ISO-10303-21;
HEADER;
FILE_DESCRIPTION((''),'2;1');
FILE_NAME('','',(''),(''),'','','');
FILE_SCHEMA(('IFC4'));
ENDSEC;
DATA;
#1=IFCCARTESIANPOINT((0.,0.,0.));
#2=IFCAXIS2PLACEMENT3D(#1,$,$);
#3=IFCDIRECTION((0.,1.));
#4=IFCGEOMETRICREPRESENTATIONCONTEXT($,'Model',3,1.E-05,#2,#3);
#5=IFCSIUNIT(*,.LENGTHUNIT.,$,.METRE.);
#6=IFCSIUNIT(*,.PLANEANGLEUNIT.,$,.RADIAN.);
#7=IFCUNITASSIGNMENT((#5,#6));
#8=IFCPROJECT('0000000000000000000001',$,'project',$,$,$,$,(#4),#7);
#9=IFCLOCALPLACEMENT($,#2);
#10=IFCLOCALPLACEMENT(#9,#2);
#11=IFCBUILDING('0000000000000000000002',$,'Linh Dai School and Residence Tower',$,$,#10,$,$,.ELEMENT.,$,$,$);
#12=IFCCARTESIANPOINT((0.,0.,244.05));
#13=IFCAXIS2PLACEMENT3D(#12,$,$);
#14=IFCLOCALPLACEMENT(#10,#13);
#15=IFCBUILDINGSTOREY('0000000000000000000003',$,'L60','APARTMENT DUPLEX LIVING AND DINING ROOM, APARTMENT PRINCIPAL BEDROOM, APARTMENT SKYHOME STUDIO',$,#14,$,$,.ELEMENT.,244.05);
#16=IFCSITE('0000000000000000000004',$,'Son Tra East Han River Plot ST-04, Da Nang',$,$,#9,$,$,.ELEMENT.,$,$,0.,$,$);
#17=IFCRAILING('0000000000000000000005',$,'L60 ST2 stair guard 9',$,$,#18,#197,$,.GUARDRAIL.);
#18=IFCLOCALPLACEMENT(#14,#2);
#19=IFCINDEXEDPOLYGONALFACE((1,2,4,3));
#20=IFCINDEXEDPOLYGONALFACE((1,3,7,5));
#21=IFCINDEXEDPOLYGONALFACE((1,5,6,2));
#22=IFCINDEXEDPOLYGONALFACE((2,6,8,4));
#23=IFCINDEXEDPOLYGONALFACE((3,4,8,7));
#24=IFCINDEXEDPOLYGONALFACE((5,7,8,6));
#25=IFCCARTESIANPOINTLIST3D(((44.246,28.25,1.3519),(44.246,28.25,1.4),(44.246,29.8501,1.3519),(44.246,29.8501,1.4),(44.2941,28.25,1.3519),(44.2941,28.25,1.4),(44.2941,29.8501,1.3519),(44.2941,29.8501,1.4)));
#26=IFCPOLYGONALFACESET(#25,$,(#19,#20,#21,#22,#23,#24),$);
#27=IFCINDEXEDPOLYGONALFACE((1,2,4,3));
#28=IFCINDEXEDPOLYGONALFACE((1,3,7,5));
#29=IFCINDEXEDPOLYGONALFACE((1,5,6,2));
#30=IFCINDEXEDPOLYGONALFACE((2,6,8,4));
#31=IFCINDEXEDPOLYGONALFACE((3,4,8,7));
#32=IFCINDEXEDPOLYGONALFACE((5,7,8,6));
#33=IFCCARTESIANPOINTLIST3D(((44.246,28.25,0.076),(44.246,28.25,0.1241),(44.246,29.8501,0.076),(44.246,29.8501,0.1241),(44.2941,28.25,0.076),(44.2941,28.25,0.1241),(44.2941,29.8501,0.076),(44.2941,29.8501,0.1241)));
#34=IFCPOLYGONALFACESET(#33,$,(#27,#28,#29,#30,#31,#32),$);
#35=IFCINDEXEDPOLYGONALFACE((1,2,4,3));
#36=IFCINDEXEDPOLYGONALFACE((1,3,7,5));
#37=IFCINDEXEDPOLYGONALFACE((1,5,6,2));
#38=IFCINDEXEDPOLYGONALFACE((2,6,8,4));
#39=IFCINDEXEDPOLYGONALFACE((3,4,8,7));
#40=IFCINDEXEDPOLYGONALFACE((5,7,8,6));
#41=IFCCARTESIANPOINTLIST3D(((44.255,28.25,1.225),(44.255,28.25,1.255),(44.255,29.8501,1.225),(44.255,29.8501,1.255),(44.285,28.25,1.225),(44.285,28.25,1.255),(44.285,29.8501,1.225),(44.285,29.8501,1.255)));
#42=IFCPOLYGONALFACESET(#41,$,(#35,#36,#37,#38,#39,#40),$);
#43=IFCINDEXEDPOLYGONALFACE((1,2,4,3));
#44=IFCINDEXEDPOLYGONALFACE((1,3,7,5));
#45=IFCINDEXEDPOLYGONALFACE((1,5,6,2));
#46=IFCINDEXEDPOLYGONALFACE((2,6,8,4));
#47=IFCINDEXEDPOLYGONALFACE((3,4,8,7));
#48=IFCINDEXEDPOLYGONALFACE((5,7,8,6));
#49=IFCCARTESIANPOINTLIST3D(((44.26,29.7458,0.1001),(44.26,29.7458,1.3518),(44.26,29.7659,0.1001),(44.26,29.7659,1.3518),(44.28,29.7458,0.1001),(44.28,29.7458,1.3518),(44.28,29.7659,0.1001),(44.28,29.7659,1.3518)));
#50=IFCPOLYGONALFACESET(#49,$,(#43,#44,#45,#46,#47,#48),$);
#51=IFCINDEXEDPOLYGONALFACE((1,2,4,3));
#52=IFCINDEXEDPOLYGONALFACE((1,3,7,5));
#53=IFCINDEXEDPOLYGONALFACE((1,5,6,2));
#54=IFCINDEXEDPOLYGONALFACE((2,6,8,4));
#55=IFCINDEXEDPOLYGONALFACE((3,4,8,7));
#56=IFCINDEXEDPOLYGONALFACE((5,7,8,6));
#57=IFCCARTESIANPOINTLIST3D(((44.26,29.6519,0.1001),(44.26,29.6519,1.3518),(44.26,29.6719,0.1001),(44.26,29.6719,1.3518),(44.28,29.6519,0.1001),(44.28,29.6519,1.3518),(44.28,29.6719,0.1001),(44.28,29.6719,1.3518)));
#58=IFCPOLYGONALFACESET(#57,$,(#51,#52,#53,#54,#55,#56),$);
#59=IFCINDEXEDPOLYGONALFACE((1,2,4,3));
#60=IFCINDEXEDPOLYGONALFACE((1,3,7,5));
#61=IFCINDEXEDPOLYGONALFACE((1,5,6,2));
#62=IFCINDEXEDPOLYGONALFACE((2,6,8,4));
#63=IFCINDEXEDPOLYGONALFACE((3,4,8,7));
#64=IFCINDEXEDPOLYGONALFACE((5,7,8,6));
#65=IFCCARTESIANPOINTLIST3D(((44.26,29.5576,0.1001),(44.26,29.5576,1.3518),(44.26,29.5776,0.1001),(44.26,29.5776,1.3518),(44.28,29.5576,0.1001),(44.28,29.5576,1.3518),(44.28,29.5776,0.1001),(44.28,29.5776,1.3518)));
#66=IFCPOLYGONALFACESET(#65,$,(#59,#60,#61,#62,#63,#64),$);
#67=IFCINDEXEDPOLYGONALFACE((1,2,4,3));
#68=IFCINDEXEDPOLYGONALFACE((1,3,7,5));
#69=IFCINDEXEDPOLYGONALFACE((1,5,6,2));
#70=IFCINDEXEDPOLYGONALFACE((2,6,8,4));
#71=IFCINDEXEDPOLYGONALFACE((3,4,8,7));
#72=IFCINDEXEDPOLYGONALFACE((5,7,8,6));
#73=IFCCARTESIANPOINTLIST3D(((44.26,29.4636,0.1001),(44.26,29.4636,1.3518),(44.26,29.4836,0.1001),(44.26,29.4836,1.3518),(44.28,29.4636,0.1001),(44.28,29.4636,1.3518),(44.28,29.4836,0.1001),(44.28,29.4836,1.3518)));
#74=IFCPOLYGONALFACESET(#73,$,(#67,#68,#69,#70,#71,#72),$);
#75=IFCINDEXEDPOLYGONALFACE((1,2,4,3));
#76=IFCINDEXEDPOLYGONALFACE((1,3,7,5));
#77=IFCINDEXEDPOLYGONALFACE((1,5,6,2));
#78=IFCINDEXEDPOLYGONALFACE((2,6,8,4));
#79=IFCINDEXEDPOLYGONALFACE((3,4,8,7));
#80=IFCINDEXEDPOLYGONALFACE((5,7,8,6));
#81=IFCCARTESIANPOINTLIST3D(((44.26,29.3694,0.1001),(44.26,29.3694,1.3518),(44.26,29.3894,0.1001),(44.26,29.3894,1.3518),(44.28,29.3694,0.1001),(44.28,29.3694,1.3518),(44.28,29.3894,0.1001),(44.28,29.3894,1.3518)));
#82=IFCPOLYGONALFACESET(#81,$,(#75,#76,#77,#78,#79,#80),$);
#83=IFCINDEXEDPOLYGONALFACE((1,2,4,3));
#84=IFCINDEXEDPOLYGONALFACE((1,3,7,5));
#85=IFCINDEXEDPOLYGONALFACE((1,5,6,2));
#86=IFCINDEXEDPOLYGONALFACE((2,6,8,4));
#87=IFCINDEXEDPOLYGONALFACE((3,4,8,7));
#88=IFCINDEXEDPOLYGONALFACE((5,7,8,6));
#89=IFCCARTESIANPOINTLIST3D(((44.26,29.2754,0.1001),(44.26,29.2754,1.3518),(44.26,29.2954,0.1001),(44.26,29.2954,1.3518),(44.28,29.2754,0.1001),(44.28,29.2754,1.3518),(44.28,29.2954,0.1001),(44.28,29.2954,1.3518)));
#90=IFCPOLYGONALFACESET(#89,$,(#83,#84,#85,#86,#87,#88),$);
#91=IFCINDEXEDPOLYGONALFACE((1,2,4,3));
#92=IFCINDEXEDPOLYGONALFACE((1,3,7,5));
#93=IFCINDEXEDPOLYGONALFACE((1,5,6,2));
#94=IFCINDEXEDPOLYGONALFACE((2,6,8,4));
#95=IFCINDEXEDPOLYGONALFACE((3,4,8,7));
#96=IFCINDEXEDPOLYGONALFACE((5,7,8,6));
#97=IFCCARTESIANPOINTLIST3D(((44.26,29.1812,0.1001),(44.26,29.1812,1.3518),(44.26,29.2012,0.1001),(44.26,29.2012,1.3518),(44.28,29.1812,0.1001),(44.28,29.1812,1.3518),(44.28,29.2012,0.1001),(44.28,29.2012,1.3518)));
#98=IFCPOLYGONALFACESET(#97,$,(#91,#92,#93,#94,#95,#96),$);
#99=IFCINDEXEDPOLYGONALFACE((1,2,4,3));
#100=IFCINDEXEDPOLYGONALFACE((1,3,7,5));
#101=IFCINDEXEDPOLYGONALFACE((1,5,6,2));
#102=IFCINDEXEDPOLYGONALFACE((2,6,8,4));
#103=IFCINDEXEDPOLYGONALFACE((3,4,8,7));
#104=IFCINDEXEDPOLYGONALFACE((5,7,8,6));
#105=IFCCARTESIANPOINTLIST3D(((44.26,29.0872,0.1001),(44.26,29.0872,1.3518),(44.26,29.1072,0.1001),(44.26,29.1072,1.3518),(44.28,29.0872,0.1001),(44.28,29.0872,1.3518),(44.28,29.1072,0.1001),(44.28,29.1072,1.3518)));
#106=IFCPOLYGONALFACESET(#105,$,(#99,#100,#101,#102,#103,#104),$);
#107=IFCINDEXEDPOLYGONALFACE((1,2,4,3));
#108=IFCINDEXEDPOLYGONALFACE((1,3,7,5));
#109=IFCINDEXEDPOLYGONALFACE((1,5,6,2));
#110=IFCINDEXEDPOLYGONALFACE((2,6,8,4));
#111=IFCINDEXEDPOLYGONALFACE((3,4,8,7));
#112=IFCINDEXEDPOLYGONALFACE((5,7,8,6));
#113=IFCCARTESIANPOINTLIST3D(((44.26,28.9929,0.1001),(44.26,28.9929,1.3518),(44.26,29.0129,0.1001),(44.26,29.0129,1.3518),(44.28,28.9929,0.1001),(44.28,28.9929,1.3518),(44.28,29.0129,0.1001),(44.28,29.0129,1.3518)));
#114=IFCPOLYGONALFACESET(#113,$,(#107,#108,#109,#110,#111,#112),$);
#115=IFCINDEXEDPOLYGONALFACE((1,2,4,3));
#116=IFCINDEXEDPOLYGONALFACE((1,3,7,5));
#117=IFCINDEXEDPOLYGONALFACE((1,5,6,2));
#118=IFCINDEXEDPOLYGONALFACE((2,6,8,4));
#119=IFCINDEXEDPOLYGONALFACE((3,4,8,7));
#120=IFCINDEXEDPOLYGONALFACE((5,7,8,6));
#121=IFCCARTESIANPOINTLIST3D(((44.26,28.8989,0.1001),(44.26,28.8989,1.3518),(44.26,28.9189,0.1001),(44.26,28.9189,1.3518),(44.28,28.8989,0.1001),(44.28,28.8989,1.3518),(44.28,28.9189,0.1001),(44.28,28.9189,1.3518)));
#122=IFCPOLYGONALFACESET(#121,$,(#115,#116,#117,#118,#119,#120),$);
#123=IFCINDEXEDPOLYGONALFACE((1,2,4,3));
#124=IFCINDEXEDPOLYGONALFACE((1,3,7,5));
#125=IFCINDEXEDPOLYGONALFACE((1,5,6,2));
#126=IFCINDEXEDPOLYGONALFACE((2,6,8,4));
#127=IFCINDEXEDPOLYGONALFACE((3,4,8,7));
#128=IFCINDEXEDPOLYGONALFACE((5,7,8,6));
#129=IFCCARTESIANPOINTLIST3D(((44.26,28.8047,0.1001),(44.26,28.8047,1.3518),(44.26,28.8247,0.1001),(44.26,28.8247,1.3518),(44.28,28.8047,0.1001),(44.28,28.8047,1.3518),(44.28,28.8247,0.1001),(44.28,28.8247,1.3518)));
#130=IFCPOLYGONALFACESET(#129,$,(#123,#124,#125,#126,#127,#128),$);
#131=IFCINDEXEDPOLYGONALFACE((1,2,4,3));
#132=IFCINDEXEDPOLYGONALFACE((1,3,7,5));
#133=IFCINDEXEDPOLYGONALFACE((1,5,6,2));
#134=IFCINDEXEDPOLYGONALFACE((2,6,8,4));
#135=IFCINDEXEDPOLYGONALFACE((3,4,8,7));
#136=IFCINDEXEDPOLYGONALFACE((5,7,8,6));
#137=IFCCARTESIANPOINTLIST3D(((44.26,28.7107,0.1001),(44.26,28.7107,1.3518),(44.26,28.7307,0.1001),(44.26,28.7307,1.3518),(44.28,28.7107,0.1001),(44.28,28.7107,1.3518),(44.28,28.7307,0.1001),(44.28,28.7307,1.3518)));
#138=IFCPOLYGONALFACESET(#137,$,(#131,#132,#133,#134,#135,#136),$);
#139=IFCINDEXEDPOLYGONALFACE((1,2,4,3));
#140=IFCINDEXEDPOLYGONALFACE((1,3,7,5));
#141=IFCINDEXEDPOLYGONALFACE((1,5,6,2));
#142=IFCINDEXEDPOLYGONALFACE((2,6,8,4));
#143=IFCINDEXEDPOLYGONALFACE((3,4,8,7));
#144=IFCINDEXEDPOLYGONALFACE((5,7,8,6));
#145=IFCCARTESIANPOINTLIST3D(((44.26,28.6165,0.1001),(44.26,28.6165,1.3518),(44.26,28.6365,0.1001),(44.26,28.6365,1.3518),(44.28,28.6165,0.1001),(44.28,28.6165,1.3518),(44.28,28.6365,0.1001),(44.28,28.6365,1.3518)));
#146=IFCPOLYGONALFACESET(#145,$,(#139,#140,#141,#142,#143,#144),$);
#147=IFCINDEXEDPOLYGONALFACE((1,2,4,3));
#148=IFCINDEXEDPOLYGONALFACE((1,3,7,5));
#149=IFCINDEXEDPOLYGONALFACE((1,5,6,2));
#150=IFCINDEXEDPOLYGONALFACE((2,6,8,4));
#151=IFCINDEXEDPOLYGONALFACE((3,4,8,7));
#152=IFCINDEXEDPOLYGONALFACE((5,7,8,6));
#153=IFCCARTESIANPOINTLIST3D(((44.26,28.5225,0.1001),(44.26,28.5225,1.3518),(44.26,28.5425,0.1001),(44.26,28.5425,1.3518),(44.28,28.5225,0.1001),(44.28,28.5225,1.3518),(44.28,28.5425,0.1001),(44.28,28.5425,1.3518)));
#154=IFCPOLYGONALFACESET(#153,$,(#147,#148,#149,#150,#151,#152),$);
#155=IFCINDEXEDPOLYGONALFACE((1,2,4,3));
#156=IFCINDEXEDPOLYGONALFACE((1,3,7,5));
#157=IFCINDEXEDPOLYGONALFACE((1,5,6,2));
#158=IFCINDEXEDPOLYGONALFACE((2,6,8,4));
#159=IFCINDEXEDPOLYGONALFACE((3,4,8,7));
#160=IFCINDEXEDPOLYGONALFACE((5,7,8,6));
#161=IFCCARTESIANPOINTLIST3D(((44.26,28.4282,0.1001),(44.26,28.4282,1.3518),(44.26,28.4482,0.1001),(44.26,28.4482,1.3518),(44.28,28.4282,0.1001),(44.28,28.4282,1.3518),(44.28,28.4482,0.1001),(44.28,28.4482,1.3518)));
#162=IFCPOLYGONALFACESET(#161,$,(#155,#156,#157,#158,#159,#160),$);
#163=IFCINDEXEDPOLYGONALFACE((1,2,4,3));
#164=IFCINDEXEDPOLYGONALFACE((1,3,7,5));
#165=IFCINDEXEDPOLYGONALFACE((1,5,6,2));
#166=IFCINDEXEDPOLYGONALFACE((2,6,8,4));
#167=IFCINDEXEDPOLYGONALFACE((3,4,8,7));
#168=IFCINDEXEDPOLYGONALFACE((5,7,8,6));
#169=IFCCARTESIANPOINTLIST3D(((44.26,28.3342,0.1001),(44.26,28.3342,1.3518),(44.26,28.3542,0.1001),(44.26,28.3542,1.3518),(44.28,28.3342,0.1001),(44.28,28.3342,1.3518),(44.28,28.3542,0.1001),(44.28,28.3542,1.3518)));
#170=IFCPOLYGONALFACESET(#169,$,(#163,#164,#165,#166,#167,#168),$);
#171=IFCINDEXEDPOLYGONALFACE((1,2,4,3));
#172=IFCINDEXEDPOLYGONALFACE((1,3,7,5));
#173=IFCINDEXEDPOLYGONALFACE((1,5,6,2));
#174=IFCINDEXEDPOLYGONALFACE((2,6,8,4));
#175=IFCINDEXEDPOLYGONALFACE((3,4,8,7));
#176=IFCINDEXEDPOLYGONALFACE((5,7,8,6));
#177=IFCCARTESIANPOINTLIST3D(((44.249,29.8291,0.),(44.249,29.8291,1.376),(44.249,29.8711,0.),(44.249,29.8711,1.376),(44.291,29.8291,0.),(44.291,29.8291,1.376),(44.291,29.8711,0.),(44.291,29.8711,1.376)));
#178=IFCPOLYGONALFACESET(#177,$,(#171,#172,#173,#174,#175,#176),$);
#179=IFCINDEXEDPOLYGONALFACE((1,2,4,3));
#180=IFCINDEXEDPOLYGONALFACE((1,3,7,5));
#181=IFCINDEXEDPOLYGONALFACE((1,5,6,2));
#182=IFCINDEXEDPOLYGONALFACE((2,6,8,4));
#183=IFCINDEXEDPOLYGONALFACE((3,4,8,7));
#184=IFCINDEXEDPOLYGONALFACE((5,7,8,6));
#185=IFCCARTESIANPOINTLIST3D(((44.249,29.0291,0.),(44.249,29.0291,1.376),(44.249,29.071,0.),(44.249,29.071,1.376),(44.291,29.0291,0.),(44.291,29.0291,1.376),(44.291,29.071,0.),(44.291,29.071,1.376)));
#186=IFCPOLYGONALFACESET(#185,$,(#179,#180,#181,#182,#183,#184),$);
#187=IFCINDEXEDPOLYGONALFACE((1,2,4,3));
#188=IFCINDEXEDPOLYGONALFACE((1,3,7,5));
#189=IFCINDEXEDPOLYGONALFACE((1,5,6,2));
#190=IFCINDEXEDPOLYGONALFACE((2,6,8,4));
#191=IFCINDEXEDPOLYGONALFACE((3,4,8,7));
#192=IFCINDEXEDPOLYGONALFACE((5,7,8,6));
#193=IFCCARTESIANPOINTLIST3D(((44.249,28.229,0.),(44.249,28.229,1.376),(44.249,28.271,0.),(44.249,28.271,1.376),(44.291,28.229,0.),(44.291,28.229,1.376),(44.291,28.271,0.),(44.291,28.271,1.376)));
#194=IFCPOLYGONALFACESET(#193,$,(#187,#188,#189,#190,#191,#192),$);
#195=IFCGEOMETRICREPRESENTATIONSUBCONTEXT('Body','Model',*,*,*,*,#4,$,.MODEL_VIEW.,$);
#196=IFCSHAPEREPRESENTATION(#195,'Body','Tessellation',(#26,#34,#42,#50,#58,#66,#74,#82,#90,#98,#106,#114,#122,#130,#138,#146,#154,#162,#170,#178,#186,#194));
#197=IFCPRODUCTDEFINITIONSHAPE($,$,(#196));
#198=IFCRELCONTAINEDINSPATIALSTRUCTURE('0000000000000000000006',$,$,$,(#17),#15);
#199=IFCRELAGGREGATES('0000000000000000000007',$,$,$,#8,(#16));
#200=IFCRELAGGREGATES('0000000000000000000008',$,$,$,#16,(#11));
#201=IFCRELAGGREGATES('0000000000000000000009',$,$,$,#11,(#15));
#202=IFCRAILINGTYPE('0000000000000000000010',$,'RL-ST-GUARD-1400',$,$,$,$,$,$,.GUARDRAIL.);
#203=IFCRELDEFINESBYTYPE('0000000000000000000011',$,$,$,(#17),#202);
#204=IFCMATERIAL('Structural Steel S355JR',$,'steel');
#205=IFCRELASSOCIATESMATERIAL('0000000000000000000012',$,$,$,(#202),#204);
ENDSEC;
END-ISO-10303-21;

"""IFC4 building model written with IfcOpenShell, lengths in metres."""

from ifc_helpers import new_model, si_unit, direction, frame, origin, origin_2d, place, context, subcontext, project, spatial, rectangle, extrude, source, transform, mapped, material, type_object, element, save


model = new_model("IFC4")

# Units and contexts
model_context = context("Model", 3, precision=1e-05, world=origin(), true_north=direction((0.0, 1.0)))
body_context = subcontext(model_context, "Body", "Model", "MODEL_VIEW")
ifc_project = project(units=[si_unit("LENGTHUNIT", "METRE"), si_unit("PLANEANGLEUNIT", "RADIAN")], contexts=[model_context])

# Site, building, storey
site_placement = place(None, origin())
site = spatial("IfcSite", under=ifc_project, at=site_placement, Name="Son Tra East Han River Plot ST-04, Da Nang", CompositionType="ELEMENT", RefElevation=0.0)
building_placement = place(site_placement, origin())
building = spatial("IfcBuilding", under=site, at=building_placement, Name="Linh Dai School and Residence Tower", CompositionType="ELEMENT")
storey_placement = place(building_placement, frame((0.0, 0.0, 244.05)))
storey = spatial("IfcBuildingStorey", under=building, at=storey_placement, Name="L60", Description="APARTMENT DUPLEX LIVING AND DINING ROOM, APARTMENT PRINCIPAL BEDROOM, APARTMENT SKYHOME STUDIO", CompositionType="ELEMENT", Elevation=244.05)

# Shared definitions
ifc_material_1 = material(Name="Structural Steel S355JR", Category="steel")

# Railing
railing_type_1 = type_object("IfcRailingType", Name="RL-ST-GUARD-1400", PredefinedType="GUARDRAIL", material=ifc_material_1)
shared_shape_1 = source(origin(), body_context, "Body", "SweptSolid", [
    extrude(rectangle(XDim=0.0481, YDim=0.0481, at=origin_2d()), frame((0.0, 0.0, 1.376), z_axis=(0.0, -1.0, 0.0), x_axis=(1.0, 0.0, 0.0)), (0.0, 0.0, 1.0), 1.6001),
    extrude(rectangle(XDim=0.0481, YDim=0.0481, at=origin_2d()), frame((0.0, 0.0, 0.1001), z_axis=(0.0, -1.0, 0.0), x_axis=(1.0, 0.0, 0.0)), (0.0, 0.0, 1.0), 1.6001),
    extrude(rectangle(XDim=0.03, YDim=0.03, at=origin_2d()), frame((0.0, 0.0, 1.24), z_axis=(0.0, -1.0, 0.0), x_axis=(1.0, 0.0, 0.0)), (0.0, 0.0, 1.0), 1.6001),
    extrude(rectangle(XDim=0.02, YDim=0.02, at=origin_2d()), frame((0.0, -0.0942, 0.1001)), (0.0, 0.0, 1.0), 1.2517),
    extrude(rectangle(XDim=0.02, YDim=0.02, at=origin_2d()), frame((0.0, -0.1882, 0.1001)), (0.0, 0.0, 1.0), 1.2517),
    extrude(rectangle(XDim=0.02, YDim=0.02, at=origin_2d()), frame((0.0, -0.2825, 0.1001)), (0.0, 0.0, 1.0), 1.2517),
    extrude(rectangle(XDim=0.02, YDim=0.02, at=origin_2d()), frame((0.0, -0.3765, 0.1001)), (0.0, 0.0, 1.0), 1.2517),
    extrude(rectangle(XDim=0.02, YDim=0.02, at=origin_2d()), frame((0.0, -0.4707, 0.1001)), (0.0, 0.0, 1.0), 1.2517),
    extrude(rectangle(XDim=0.02, YDim=0.02, at=origin_2d()), frame((0.0, -0.5647, 0.1001)), (0.0, 0.0, 1.0), 1.2517),
    extrude(rectangle(XDim=0.02, YDim=0.02, at=origin_2d()), frame((0.0, -0.6589, 0.1001)), (0.0, 0.0, 1.0), 1.2517),
    extrude(rectangle(XDim=0.02, YDim=0.02, at=origin_2d()), frame((0.0, -0.7529, 0.1001)), (0.0, 0.0, 1.0), 1.2517),
    extrude(rectangle(XDim=0.02, YDim=0.02, at=origin_2d()), frame((0.0, -0.8472, 0.1001)), (0.0, 0.0, 1.0), 1.2517),
    extrude(rectangle(XDim=0.02, YDim=0.02, at=origin_2d()), frame((0.0, -0.9412, 0.1001)), (0.0, 0.0, 1.0), 1.2517),
    extrude(rectangle(XDim=0.02, YDim=0.02, at=origin_2d()), frame((0.0, -1.0354, 0.1001)), (0.0, 0.0, 1.0), 1.2517),
    extrude(rectangle(XDim=0.02, YDim=0.02, at=origin_2d()), frame((0.0, -1.1294, 0.1001)), (0.0, 0.0, 1.0), 1.2517),
    extrude(rectangle(XDim=0.02, YDim=0.02, at=origin_2d()), frame((0.0, -1.2236, 0.1001)), (0.0, 0.0, 1.0), 1.2517),
    extrude(rectangle(XDim=0.02, YDim=0.02, at=origin_2d()), frame((0.0, -1.3176, 0.1001)), (0.0, 0.0, 1.0), 1.2517),
    extrude(rectangle(XDim=0.02, YDim=0.02, at=origin_2d()), frame((0.0, -1.4119, 0.1001)), (0.0, 0.0, 1.0), 1.2517),
    extrude(rectangle(XDim=0.02, YDim=0.02, at=origin_2d()), frame((0.0, -1.5059, 0.1001)), (0.0, 0.0, 1.0), 1.2517),
    extrude(rectangle(XDim=0.042, YDim=0.042, at=origin_2d()), origin(), (0.0, 0.0, 1.0), 1.376),
    extrude(rectangle(XDim=0.042, YDim=0.042, at=origin_2d()), frame((0.0, -0.8, 0.0)), (0.0, 0.0, 1.0), 1.376),
    extrude(rectangle(XDim=0.042, YDim=0.042, at=origin_2d()), frame((0.0, -1.6001, 0.0)), (0.0, 0.0, 1.0), 1.376),
])
for number, where, name in (
    (1, (44.27, 29.8501, 0.0), "L60 ST2 stair guard 9"),
):
    element("IfcRailing", number, at=place(storey_placement, frame(where)), inside=storey, type_object=railing_type_1, Name=name, PredefinedType="GUARDRAIL", context=body_context, shape_type="MappedRepresentation", body=[
        mapped(shared_shape_1, transform((0.0, 0.0, 0.0), x_axis=(1.0, 0.0, 0.0), y_axis=(0.0, 1.0, 0.0), z_axis=(0.0, 0.0, 1.0), scale=1.0)),
    ])

save(model, "model.ifc")
